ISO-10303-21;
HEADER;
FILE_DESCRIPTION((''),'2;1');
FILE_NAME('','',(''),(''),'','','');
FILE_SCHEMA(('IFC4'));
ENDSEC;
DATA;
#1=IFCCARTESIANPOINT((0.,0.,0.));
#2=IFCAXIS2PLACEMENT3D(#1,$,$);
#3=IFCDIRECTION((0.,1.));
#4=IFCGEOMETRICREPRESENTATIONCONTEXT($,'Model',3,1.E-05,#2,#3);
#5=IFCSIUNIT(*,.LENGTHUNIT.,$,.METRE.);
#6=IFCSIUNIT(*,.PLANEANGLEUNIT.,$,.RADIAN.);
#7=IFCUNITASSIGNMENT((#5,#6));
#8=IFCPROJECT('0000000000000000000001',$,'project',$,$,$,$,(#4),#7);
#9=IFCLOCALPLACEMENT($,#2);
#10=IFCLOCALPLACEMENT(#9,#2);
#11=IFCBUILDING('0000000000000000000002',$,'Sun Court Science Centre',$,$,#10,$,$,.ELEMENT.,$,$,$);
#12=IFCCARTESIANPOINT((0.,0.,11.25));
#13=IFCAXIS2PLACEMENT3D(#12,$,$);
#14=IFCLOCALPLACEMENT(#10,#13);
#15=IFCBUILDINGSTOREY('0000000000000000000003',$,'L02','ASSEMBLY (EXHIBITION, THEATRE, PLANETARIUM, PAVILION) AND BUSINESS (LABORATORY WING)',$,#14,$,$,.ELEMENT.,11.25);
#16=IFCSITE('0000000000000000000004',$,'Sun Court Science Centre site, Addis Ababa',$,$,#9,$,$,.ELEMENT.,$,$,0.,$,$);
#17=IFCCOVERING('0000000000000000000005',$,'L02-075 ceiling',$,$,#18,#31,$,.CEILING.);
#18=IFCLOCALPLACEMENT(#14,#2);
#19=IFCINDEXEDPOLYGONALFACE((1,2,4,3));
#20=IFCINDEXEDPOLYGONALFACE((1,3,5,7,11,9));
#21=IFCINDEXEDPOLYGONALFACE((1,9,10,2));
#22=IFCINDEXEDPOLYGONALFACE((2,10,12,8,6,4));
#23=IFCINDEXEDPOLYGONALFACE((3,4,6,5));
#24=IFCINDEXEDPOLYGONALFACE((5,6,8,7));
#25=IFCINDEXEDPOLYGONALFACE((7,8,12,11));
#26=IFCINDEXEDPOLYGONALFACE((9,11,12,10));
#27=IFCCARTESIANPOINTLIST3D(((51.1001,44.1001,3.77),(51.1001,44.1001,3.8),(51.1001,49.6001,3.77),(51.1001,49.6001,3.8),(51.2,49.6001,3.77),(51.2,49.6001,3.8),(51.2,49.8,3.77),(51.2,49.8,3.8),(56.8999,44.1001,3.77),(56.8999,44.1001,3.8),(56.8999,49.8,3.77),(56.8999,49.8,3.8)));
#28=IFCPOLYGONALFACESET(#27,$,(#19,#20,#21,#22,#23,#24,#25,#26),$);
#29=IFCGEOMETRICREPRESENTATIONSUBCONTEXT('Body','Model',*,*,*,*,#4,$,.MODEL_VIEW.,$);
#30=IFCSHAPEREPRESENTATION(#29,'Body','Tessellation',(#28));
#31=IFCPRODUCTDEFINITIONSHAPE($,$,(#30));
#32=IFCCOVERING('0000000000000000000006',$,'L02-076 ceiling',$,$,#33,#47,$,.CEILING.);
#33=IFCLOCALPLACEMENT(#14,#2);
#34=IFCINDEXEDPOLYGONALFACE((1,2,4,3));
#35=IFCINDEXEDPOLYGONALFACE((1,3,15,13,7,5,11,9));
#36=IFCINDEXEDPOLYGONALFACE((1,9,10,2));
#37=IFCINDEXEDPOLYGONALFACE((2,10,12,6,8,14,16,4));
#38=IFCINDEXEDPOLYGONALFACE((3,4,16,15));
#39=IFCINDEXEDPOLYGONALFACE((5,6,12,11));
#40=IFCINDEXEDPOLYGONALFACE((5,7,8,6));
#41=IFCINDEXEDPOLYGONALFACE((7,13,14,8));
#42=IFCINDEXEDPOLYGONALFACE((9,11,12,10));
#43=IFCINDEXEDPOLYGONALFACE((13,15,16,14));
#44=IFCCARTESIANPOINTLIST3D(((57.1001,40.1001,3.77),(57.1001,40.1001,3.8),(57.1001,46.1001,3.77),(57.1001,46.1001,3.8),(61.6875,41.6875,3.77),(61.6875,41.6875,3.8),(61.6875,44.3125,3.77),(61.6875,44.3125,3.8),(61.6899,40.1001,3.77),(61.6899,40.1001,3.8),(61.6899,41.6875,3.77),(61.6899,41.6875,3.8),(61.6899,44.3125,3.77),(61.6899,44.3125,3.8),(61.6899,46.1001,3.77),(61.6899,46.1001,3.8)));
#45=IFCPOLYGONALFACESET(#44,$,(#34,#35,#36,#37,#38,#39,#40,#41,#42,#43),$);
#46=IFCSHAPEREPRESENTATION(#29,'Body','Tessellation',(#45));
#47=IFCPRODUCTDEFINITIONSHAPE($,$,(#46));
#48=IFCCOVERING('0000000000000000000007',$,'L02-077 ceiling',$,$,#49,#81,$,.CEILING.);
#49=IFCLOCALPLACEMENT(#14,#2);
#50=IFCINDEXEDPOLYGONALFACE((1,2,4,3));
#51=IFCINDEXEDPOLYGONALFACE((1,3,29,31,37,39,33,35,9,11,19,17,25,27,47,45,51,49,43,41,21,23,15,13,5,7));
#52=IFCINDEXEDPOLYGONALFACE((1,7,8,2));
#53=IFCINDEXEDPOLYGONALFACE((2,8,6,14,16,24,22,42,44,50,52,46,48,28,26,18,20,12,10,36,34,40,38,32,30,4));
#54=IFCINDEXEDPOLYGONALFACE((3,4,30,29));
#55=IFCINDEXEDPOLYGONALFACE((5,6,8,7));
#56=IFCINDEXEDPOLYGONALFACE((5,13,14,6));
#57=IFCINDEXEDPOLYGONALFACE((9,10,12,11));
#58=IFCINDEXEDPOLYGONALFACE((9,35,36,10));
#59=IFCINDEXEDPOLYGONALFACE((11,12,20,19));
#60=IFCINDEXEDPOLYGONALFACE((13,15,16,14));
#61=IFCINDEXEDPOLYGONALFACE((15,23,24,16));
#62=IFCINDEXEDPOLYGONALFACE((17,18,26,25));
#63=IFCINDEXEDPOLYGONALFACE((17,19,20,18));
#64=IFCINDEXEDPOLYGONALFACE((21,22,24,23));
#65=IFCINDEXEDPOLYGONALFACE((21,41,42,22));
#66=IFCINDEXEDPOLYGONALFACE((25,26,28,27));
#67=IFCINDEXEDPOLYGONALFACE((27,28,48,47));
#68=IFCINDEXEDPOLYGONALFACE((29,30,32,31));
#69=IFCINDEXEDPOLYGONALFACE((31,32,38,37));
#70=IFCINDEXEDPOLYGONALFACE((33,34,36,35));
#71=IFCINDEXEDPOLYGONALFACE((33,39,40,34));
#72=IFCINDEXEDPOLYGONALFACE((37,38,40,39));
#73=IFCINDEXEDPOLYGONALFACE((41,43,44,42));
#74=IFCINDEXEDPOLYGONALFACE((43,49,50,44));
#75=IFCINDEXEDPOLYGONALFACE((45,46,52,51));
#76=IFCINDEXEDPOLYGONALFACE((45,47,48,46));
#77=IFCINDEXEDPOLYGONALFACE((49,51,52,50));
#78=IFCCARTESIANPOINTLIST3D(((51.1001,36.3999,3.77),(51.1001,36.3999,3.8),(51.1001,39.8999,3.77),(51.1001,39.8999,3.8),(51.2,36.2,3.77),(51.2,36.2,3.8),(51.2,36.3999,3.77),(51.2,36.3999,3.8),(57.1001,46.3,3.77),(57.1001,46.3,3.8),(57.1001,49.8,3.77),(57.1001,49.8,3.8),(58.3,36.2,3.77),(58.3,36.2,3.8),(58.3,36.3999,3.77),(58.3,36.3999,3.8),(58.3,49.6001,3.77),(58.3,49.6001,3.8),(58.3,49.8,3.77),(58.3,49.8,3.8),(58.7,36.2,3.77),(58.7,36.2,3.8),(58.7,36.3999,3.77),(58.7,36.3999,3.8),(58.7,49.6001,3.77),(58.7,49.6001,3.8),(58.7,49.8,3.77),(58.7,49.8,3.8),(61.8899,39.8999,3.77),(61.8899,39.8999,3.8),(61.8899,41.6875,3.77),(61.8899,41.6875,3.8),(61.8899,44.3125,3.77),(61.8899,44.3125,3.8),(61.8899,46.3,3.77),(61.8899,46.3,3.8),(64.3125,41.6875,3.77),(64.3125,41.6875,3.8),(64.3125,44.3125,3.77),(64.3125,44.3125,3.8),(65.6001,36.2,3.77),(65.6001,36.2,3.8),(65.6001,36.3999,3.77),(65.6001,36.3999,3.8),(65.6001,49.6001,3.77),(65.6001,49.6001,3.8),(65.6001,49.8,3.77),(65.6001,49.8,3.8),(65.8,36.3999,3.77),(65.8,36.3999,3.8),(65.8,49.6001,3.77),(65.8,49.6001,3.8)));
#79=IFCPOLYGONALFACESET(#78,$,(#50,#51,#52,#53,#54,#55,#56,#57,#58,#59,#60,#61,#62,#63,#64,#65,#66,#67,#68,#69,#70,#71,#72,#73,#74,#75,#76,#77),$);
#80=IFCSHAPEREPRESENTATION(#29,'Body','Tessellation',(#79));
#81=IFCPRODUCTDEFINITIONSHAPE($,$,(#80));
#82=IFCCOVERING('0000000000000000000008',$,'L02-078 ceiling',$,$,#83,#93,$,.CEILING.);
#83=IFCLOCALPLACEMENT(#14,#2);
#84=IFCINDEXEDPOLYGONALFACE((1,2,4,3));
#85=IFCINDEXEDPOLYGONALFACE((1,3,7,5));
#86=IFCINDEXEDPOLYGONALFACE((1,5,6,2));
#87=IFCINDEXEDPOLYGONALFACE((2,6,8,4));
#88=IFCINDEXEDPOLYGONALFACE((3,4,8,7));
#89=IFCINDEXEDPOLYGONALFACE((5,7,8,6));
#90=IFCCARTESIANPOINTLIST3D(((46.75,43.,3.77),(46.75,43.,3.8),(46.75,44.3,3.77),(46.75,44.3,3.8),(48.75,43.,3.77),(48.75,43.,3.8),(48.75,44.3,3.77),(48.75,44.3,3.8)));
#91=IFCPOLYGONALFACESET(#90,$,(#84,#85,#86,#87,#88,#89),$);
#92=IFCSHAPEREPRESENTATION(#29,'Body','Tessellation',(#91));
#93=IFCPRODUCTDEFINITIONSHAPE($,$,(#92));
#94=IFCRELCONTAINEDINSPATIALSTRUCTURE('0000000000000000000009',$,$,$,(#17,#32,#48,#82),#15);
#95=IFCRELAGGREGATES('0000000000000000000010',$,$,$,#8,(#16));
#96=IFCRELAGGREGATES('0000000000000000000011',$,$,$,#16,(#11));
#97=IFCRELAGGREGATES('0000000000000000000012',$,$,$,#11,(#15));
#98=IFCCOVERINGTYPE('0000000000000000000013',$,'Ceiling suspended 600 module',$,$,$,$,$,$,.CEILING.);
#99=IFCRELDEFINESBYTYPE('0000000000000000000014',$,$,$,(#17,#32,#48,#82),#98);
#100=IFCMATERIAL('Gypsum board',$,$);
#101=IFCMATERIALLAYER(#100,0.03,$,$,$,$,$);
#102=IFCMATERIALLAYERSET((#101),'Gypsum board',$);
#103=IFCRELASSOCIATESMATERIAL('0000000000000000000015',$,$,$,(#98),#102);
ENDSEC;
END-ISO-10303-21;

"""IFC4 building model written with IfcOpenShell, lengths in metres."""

from ifc_helpers import new_model, si_unit, direction, frame, origin, place, context, subcontext, project, spatial, polyline, outline, extrude, material, layer, layer_set, type_object, element, save


model = new_model("IFC4")

# Units and contexts
model_context = context("Model", 3, precision=1e-05, world=origin(), true_north=direction((0.0, 1.0)))
body_context = subcontext(model_context, "Body", "Model", "MODEL_VIEW")
ifc_project = project(units=[si_unit("LENGTHUNIT", "METRE"), si_unit("PLANEANGLEUNIT", "RADIAN")], contexts=[model_context])

# Site, building, storey
site_placement = place(None, origin())
site = spatial("IfcSite", under=ifc_project, at=site_placement, Name="Sun Court Science Centre site, Addis Ababa", CompositionType="ELEMENT", RefElevation=0.0)
building_placement = place(site_placement, origin())
building = spatial("IfcBuilding", under=site, at=building_placement, Name="Sun Court Science Centre", CompositionType="ELEMENT")
storey_placement = place(building_placement, frame((0.0, 0.0, 11.25)))
storey = spatial("IfcBuildingStorey", under=building, at=storey_placement, Name="L02", Description="ASSEMBLY (EXHIBITION, THEATRE, PLANETARIUM, PAVILION) AND BUSINESS (LABORATORY WING)", CompositionType="ELEMENT", Elevation=11.25)

# Coverings
ifc_material_1 = material(Name="Gypsum board")
ifc_layer_1 = layer(ifc_material_1, 0.03)
ifc_layer_set_1 = layer_set([ifc_layer_1], Name="Gypsum board")
covering_type_1 = type_object("IfcCoveringType", Name="Ceiling suspended 600 module", PredefinedType="CEILING", material=ifc_layer_set_1)
covering_1_placement = place(storey_placement, frame((0.0, 0.0, 3.77)))
element("IfcCovering", 1, at=covering_1_placement, inside=storey, type_object=covering_type_1, Name="L02-075 ceiling", PredefinedType="CEILING", context=body_context, shape_type="SweptSolid", body=[
    extrude(outline(polyline([(56.8999, 49.8), (56.8999, 44.1001), (51.1001, 44.1001), (51.1001, 49.6001), (51.2, 49.6001), (51.2, 49.8), (56.8999, 49.8)])), origin(), (0.0, 0.0, 1.0), 0.03),
])
covering_2_placement = place(storey_placement, frame((0.0, 0.0, 3.77)))
element("IfcCovering", 2, at=covering_2_placement, inside=storey, type_object=covering_type_1, Name="L02-076 ceiling", PredefinedType="CEILING", context=body_context, shape_type="SweptSolid", body=[
    extrude(outline(polyline([(57.1001, 40.1001), (57.1001, 46.1001), (61.6899, 46.1001), (61.6899, 44.3125), (61.6875, 44.3125), (61.6875, 41.6875), (61.6899, 41.6875), (61.6899, 40.1001), (57.1001, 40.1001)])), origin(), (0.0, 0.0, 1.0), 0.03),
])
covering_3_placement = place(storey_placement, frame((0.0, 0.0, 3.77)))
element("IfcCovering", 3, at=covering_3_placement, inside=storey, type_object=covering_type_1, Name="L02-077 ceiling", PredefinedType="CEILING", context=body_context, shape_type="SweptSolid", body=[
    extrude(outline(polyline([(51.1001, 36.3999), (51.1001, 39.8999), (61.8899, 39.8999), (61.8899, 41.6875), (64.3125, 41.6875), (64.3125, 44.3125), (61.8899, 44.3125), (61.8899, 46.3), (57.1001, 46.3), (57.1001, 49.8), (58.3, 49.8), (58.3, 49.6001), (58.7, 49.6001), (58.7, 49.8), (65.6001, 49.8), (65.6001, 49.6001), (65.8, 49.6001), (65.8, 36.3999), (65.6001, 36.3999), (65.6001, 36.2), (58.7, 36.2), (58.7, 36.3999), (58.3, 36.3999), (58.3, 36.2), (51.2, 36.2), (51.2, 36.3999), (51.1001, 36.3999)])), origin(), (0.0, 0.0, 1.0), 0.03),
])
covering_4_placement = place(storey_placement, frame((0.0, 0.0, 3.77)))
element("IfcCovering", 4, at=covering_4_placement, inside=storey, type_object=covering_type_1, Name="L02-078 ceiling", PredefinedType="CEILING", context=body_context, shape_type="SweptSolid", body=[
    extrude(outline(polyline([(48.75, 44.3), (48.75, 43.0), (46.75, 43.0), (46.75, 44.3), (48.75, 44.3)])), origin(), (0.0, 0.0, 1.0), 0.03),
])

save(model, "model.ifc")
